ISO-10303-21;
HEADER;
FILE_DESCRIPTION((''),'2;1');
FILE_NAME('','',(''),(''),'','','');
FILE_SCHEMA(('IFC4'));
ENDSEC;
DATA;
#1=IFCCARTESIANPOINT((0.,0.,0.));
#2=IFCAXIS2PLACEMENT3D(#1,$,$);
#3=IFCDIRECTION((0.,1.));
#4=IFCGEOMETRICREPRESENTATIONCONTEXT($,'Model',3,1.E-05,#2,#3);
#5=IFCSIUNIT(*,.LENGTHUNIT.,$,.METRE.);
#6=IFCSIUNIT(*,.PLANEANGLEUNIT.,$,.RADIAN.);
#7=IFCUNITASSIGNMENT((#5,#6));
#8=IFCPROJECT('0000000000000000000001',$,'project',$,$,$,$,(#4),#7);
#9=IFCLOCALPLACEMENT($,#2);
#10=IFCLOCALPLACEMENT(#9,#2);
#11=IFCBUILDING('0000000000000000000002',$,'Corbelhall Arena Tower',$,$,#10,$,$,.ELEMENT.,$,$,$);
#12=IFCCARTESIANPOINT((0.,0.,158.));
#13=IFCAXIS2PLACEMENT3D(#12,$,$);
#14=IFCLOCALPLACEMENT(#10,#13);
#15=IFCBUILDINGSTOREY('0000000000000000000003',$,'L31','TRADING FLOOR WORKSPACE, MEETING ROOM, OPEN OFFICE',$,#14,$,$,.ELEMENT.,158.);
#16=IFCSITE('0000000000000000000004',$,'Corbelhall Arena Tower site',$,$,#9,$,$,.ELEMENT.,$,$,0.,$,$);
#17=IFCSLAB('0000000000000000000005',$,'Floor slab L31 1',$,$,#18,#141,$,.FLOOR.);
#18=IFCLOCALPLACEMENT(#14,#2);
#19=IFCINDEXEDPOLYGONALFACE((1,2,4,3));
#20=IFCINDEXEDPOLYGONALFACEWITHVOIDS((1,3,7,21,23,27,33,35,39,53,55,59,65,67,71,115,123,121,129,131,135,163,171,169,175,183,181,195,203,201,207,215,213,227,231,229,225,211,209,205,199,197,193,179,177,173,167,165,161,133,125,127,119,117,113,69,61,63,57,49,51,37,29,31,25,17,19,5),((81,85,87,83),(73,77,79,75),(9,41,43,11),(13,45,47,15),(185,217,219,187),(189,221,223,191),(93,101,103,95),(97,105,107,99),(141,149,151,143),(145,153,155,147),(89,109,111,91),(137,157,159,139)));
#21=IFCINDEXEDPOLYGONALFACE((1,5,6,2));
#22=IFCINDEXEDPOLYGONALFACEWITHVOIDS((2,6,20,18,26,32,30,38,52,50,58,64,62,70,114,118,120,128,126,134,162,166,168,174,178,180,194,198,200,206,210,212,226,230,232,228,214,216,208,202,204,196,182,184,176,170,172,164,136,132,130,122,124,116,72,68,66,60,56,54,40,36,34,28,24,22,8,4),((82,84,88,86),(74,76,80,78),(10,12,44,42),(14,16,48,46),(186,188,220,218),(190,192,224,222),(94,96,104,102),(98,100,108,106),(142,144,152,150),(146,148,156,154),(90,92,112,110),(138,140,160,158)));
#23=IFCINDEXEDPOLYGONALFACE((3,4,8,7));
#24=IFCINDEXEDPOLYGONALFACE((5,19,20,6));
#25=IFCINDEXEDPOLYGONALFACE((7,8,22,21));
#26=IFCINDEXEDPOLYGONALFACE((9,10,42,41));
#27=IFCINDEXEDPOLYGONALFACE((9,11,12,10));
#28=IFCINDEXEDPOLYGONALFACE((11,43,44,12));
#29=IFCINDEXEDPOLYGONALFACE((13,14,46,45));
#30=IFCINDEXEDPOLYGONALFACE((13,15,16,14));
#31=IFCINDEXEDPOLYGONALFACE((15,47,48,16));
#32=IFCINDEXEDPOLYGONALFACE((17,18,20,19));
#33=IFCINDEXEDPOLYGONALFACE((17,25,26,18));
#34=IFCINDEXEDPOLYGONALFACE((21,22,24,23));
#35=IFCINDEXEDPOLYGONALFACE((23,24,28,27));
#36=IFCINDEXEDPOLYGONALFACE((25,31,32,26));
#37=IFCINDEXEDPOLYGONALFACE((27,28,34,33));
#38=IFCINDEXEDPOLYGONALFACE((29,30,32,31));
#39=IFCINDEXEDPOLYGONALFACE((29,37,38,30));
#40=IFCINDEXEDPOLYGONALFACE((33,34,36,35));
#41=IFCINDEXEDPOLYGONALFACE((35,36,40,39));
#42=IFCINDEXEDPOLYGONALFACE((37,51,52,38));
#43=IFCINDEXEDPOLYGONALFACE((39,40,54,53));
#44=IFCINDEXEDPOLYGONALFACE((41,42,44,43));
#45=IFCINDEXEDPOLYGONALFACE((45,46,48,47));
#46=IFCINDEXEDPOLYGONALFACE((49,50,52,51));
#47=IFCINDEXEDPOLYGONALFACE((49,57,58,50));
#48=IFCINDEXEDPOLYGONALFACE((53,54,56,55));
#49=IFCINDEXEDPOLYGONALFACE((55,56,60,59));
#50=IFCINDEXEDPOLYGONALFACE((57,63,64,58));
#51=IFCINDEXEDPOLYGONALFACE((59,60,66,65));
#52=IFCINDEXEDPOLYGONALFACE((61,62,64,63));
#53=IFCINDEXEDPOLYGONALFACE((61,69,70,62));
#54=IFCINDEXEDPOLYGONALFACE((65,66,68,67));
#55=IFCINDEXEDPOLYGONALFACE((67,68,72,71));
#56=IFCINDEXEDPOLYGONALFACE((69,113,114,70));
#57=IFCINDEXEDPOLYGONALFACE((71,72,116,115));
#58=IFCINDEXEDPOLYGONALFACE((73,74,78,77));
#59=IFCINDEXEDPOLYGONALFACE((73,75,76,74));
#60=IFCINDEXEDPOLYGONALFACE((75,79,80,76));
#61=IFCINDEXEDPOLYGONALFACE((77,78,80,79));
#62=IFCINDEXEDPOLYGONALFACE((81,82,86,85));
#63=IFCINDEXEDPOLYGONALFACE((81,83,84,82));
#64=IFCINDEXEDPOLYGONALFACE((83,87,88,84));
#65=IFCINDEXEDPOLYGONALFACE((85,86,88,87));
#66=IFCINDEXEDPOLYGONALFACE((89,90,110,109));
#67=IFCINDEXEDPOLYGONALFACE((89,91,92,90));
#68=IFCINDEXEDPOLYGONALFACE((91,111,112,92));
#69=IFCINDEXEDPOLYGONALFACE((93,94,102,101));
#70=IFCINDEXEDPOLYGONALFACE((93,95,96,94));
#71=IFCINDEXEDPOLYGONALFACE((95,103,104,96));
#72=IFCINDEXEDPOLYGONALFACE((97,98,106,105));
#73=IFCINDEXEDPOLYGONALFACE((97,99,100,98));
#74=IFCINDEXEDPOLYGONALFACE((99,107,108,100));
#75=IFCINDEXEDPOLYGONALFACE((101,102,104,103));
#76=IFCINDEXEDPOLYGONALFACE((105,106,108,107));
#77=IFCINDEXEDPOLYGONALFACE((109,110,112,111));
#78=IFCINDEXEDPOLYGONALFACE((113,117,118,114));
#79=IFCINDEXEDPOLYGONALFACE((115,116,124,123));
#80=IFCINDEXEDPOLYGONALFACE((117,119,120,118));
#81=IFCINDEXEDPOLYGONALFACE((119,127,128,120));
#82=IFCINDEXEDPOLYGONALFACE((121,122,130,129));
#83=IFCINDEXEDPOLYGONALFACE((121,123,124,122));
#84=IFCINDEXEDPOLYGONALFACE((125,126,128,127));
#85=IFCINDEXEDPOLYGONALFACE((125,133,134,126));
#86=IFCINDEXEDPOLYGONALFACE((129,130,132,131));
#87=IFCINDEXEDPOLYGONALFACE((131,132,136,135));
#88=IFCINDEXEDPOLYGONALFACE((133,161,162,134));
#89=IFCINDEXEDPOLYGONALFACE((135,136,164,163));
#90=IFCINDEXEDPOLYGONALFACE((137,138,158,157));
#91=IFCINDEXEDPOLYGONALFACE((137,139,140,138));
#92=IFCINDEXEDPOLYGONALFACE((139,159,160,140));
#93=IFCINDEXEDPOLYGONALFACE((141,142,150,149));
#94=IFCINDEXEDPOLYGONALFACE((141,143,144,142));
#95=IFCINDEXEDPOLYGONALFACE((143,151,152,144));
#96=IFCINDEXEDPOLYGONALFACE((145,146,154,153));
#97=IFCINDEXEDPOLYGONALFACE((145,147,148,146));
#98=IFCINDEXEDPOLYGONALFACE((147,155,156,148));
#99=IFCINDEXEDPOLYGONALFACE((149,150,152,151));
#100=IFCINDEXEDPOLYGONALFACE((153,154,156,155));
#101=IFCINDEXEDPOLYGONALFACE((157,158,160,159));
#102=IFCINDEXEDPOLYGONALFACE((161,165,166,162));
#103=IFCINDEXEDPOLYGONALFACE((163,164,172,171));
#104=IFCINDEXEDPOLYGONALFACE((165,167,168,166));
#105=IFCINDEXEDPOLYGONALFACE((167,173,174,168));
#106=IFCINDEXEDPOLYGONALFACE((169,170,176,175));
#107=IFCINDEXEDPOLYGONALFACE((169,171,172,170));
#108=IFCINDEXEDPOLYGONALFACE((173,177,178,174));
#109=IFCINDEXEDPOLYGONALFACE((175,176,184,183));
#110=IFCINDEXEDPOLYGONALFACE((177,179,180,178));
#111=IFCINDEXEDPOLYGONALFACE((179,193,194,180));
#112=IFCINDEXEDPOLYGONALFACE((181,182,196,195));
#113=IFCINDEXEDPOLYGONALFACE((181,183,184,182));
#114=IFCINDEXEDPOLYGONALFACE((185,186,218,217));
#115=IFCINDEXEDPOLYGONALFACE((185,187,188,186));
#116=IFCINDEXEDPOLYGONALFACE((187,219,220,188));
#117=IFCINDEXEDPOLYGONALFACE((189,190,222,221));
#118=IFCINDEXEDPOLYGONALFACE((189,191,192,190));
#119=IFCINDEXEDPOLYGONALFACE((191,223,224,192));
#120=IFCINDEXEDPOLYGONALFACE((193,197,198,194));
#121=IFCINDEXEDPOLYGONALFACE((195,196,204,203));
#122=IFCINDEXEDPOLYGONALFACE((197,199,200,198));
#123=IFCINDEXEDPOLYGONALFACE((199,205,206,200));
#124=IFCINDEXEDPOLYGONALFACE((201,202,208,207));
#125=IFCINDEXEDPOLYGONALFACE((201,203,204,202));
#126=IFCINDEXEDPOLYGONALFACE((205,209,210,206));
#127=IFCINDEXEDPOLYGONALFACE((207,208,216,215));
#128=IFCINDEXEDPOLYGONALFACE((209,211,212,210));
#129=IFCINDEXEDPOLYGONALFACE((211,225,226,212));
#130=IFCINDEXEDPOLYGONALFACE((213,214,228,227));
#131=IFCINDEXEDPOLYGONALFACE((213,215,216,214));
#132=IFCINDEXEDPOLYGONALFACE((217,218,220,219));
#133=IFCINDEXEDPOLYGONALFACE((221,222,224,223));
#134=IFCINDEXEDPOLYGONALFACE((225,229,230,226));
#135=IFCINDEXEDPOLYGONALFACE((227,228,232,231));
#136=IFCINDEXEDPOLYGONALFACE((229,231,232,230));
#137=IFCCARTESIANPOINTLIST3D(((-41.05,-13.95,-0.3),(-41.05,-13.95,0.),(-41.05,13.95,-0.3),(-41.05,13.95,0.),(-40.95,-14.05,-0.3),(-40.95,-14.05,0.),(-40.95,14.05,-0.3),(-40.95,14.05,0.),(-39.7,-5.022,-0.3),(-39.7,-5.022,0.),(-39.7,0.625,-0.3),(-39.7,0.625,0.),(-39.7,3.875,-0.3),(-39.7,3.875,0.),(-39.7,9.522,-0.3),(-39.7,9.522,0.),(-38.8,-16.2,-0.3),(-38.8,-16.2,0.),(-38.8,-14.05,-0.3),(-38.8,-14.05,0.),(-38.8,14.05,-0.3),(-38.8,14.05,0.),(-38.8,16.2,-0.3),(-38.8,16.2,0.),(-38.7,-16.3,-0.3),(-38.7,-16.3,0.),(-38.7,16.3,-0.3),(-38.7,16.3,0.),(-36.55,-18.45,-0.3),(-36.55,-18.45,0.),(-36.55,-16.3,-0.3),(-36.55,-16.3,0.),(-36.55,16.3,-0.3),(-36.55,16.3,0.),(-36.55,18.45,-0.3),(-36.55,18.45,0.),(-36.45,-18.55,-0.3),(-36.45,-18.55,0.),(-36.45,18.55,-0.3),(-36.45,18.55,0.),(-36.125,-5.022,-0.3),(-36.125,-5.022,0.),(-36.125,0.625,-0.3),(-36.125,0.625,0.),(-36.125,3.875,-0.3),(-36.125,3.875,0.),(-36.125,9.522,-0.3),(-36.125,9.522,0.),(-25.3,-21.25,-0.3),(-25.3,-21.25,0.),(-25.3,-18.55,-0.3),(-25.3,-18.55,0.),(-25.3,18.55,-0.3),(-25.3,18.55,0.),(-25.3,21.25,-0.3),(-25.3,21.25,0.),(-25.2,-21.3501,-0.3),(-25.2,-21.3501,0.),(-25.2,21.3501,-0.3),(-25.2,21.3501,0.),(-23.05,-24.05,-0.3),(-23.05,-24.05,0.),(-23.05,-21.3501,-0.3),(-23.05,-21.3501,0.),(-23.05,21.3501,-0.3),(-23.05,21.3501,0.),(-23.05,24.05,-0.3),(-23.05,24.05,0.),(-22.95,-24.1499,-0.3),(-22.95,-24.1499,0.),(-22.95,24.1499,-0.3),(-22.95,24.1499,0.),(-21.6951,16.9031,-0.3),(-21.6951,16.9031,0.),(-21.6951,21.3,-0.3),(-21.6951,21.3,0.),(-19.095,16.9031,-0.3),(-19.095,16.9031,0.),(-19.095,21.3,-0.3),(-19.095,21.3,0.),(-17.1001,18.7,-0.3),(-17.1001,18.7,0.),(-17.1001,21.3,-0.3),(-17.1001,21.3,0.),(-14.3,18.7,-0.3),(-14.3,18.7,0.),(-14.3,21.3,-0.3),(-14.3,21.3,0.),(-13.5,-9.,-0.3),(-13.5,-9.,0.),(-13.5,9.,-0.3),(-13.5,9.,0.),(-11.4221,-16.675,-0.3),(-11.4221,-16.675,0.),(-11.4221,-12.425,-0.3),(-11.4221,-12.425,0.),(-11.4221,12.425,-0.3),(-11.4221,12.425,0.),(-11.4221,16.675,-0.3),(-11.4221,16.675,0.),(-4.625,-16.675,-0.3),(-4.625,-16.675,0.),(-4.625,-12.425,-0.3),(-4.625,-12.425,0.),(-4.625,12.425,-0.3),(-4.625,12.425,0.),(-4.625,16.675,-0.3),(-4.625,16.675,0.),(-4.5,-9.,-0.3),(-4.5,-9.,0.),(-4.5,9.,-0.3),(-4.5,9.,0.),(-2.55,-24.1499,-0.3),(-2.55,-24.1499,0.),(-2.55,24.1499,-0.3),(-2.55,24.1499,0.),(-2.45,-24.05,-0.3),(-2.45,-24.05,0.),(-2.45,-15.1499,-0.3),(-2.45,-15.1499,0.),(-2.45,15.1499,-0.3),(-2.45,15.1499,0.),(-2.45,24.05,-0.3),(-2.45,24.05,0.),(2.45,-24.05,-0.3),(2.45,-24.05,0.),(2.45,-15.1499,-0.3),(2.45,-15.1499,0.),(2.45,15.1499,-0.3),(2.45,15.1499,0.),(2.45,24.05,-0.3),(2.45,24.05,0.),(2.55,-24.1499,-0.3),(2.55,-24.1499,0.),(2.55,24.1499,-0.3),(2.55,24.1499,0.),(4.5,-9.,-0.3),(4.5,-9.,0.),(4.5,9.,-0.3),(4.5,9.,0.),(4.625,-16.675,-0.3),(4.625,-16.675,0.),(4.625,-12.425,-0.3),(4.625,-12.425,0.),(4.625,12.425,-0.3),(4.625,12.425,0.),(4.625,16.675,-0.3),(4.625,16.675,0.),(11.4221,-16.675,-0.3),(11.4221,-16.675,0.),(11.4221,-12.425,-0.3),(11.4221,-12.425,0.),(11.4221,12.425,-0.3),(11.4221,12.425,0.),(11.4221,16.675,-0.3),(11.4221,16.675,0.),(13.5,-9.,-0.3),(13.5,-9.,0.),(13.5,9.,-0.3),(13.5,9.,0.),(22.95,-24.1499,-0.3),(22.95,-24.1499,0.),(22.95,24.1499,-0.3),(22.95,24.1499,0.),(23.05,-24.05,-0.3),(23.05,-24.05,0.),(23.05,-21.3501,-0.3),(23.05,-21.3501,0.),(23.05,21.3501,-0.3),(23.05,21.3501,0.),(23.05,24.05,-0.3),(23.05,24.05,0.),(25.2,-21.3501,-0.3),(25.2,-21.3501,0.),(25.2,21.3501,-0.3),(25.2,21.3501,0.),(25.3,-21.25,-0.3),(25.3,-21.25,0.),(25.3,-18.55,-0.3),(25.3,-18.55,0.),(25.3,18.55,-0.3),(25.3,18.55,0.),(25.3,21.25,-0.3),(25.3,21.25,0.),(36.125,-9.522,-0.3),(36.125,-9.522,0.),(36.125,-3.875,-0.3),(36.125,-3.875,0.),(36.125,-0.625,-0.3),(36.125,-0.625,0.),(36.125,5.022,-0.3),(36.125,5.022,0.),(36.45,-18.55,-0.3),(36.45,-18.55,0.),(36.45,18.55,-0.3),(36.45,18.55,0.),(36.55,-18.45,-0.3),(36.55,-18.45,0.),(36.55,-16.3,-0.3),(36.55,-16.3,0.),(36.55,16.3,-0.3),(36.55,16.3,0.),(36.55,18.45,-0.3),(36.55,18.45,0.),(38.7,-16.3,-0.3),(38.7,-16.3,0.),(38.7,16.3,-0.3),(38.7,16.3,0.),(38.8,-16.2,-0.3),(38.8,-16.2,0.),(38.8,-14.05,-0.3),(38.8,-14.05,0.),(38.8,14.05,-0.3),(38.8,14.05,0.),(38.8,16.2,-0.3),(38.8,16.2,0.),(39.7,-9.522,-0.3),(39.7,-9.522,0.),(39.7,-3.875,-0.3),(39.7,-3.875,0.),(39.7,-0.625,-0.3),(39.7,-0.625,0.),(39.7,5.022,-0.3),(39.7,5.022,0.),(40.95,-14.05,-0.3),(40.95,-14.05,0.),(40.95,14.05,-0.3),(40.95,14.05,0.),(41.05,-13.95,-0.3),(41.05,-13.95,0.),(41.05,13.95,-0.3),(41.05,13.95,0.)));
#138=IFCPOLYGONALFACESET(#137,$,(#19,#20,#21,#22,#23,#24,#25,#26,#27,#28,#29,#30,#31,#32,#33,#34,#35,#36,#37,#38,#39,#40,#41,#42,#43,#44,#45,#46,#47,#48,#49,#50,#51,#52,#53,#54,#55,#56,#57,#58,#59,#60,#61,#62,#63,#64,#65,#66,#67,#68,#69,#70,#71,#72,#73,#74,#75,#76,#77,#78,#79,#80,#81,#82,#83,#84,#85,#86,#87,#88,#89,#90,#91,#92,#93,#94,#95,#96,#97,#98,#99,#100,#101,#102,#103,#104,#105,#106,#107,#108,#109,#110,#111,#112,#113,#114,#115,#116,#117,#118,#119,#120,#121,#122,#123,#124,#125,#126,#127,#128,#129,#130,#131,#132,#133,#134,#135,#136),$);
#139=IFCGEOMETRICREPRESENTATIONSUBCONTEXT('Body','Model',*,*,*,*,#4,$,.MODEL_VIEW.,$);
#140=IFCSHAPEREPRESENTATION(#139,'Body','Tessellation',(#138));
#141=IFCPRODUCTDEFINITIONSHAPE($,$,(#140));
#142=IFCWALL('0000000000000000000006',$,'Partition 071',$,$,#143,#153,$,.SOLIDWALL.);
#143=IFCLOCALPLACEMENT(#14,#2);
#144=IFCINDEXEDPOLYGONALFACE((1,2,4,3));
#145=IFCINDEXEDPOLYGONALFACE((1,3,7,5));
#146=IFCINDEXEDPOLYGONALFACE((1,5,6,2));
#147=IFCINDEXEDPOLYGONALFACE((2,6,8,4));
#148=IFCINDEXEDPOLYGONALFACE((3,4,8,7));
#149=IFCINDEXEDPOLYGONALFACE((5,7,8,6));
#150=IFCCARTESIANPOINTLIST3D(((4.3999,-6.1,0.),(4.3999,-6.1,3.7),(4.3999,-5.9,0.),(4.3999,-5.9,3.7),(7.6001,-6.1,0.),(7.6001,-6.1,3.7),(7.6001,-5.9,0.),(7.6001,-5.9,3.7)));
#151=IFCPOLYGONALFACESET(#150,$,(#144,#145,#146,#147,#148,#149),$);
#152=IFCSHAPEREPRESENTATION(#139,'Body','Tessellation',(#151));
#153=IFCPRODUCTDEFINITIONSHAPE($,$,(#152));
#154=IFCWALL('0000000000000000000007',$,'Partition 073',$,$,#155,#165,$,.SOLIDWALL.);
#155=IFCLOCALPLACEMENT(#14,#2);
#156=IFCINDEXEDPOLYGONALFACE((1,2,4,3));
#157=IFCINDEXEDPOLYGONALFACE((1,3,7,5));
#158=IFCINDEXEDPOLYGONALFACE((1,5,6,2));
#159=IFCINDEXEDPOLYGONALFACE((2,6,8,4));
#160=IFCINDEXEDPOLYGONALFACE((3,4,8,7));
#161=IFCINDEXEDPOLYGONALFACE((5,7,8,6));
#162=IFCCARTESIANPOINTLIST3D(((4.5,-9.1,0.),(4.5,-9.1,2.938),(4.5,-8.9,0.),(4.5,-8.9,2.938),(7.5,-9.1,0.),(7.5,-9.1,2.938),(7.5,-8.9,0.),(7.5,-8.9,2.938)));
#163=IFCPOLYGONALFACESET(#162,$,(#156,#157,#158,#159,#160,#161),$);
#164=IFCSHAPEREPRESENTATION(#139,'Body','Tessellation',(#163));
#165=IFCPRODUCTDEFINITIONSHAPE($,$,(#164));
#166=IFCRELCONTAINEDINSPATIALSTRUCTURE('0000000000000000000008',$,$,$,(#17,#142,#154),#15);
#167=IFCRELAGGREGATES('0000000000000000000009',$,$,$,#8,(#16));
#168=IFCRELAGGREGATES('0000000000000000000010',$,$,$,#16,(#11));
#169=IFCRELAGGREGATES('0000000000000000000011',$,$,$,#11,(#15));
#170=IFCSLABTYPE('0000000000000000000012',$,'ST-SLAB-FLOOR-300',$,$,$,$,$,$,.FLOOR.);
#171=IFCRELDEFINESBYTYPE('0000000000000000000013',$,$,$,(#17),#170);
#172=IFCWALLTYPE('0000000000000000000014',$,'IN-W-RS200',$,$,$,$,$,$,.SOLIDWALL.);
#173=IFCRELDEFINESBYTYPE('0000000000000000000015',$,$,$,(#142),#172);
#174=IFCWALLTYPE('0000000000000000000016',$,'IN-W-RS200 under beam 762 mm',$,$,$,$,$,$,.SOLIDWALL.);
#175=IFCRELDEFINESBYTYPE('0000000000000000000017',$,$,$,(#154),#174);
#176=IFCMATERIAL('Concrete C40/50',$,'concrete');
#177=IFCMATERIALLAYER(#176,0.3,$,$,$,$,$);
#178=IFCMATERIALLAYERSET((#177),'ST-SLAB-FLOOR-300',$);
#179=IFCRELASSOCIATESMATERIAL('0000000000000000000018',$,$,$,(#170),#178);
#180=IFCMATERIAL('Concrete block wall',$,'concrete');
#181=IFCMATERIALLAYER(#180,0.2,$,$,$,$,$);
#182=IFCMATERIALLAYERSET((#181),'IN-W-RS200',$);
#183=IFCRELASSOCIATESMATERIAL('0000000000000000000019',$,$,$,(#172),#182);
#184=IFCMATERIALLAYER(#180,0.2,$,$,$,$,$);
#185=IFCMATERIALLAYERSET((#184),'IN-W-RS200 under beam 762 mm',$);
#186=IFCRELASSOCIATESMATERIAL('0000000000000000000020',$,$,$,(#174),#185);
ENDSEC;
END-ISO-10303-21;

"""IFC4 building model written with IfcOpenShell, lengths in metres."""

from ifc_helpers import new_model, si_unit, direction, frame, frame_2d, origin, place, context, subcontext, project, spatial, polyline, rectangle, outline, extrude, material, layer, layer_set, type_object, element, save


model = new_model("IFC4")

# Units and contexts
model_context = context("Model", 3, precision=1e-05, world=origin(), true_north=direction((0.0, 1.0)))
body_context = subcontext(model_context, "Body", "Model", "MODEL_VIEW")
ifc_project = project(units=[si_unit("LENGTHUNIT", "METRE"), si_unit("PLANEANGLEUNIT", "RADIAN")], contexts=[model_context])

# Site, building, storey
site_placement = place(None, origin())
site = spatial("IfcSite", under=ifc_project, at=site_placement, Name="Corbelhall Arena Tower site", CompositionType="ELEMENT", RefElevation=0.0)
building_placement = place(site_placement, origin())
building = spatial("IfcBuilding", under=site, at=building_placement, Name="Corbelhall Arena Tower", CompositionType="ELEMENT")
storey_placement = place(building_placement, frame((0.0, 0.0, 158.0)))
storey = spatial("IfcBuildingStorey", under=building, at=storey_placement, Name="L31", Description="TRADING FLOOR WORKSPACE, MEETING ROOM, OPEN OFFICE", CompositionType="ELEMENT", Elevation=158.0)

# Shared definitions
ifc_material_1 = material(Name="Concrete C40/50", Category="concrete")

# Slab
ifc_layer_1 = layer(ifc_material_1, 0.3)
ifc_layer_set_1 = layer_set([ifc_layer_1], Name="ST-SLAB-FLOOR-300")
slab_type_1 = type_object("IfcSlabType", Name="ST-SLAB-FLOOR-300", PredefinedType="FLOOR", material=ifc_layer_set_1)
slab_1_placement = place(storey_placement, frame((0.0, 0.0, -0.3)))
element("IfcSlab", 1, at=slab_1_placement, inside=storey, type_object=slab_type_1, Name="Floor slab L31 1", PredefinedType="FLOOR", context=body_context, shape_type="SweptSolid", body=[
    extrude(outline(polyline([(25.3, 18.55), (25.3, 21.25), (25.2, 21.3501), (23.05, 21.3501), (23.05, 24.05), (22.95, 24.1499), (2.55, 24.1499), (2.45, 24.05), (2.45, 15.1499), (-2.45, 15.1499), (-2.45, 24.05), (-2.55, 24.1499), (-22.95, 24.1499), (-23.05, 24.05), (-23.05, 21.3501), (-25.2, 21.3501), (-25.3, 21.25), (-25.3, 18.55), (-36.45, 18.55), (-36.55, 18.45), (-36.55, 16.3), (-38.7, 16.3), (-38.8, 16.2), (-38.8, 14.05), (-40.95, 14.05), (-41.05, 13.95), (-41.05, -13.95), (-40.95, -14.05), (-38.8, -14.05), (-38.8, -16.2), (-38.7, -16.3), (-36.55, -16.3), (-36.55, -18.45), (-36.45, -18.55), (-25.3, -18.55), (-25.3, -21.25), (-25.2, -21.3501), (-23.05, -21.3501), (-23.05, -24.05), (-22.95, -24.1499), (-2.55, -24.1499), (-2.45, -24.05), (-2.45, -15.1499), (2.45, -15.1499), (2.45, -24.05), (2.55, -24.1499), (22.95, -24.1499), (23.05, -24.05), (23.05, -21.3501), (25.2, -21.3501), (25.3, -21.25), (25.3, -18.55), (36.45, -18.55), (36.55, -18.45), (36.55, -16.3), (38.7, -16.3), (38.8, -16.2), (38.8, -14.05), (40.95, -14.05), (41.05, -13.95), (41.05, 13.95), (40.95, 14.05), (38.8, 14.05), (38.8, 16.2), (38.7, 16.3), (36.55, 16.3), (36.55, 18.45), (36.45, 18.55), (25.3, 18.55)]), holes=[polyline([(-13.5, 9.0), (-13.5, -9.0), (-4.5, -9.0), (-4.5, 9.0), (-13.5, 9.0)]), polyline([(4.5, 9.0), (4.5, -9.0), (13.5, -9.0), (13.5, 9.0), (4.5, 9.0)]), polyline([(-4.625, 16.675), (-11.4221, 16.675), (-11.4221, 12.425), (-4.625, 12.425), (-4.625, 16.675)]), polyline([(-4.625, -16.675), (-4.625, -12.425), (-11.4221, -12.425), (-11.4221, -16.675), (-4.625, -16.675)]), polyline([(11.4221, 16.675), (4.625, 16.675), (4.625, 12.425), (11.4221, 12.425), (11.4221, 16.675)]), polyline([(11.4221, -16.675), (11.4221, -12.425), (4.625, -12.425), (4.625, -16.675), (11.4221, -16.675)]), polyline([(-36.125, 3.875), (-36.125, 9.522), (-39.7, 9.522), (-39.7, 3.875), (-36.125, 3.875)]), polyline([(-36.125, 0.625), (-39.7, 0.625), (-39.7, -5.022), (-36.125, -5.022), (-36.125, 0.625)]), polyline([(39.7, -9.522), (39.7, -3.875), (36.125, -3.875), (36.125, -9.522), (39.7, -9.522)]), polyline([(39.7, 5.022), (36.125, 5.022), (36.125, -0.625), (39.7, -0.625), (39.7, 5.022)]), polyline([(-21.6951, 21.3), (-21.6951, 16.9031), (-19.095, 16.9031), (-19.095, 21.3), (-21.6951, 21.3)]), polyline([(-14.3, 21.3), (-17.1001, 21.3), (-17.1001, 18.7), (-14.3, 18.7), (-14.3, 21.3)])]), origin(), (0.0, 0.0, 1.0), 0.3),
])

# Wall
ifc_material_2 = material(Name="Concrete block wall", Category="concrete")
ifc_layer_2 = layer(ifc_material_2, 0.2)
ifc_layer_set_2 = layer_set([ifc_layer_2], Name="IN-W-RS200")
wall_type_1 = type_object("IfcWallType", Name="IN-W-RS200", PredefinedType="SOLIDWALL", material=ifc_layer_set_2)
wall_1_placement = place(storey_placement, frame((4.3999, -6.0, 0.0), z_axis=(0.0, 0.0, 1.0), x_axis=(1.0, 0.0, 0.0)))
element("IfcWall", 2, at=wall_1_placement, inside=storey, type_object=wall_type_1, Name="Partition 071", PredefinedType="SOLIDWALL", context=body_context, shape_type="SweptSolid", body=[
    extrude(rectangle(XDim=3.2002, YDim=0.2, at=frame_2d((1.6001, 0.0))), origin(), (0.0, 0.0, 1.0), 3.7),
])

# Shared definitions
ifc_layer_3 = layer(ifc_material_2, 0.2)
ifc_layer_set_3 = layer_set([ifc_layer_3], Name="IN-W-RS200 under beam 762 mm")
wall_type_2 = type_object("IfcWallType", Name="IN-W-RS200 under beam 762 mm", PredefinedType="SOLIDWALL", material=ifc_layer_set_3)

# Wall
wall_2_placement = place(storey_placement, frame((7.5, -9.0, 0.0), z_axis=(0.0, 0.0, 1.0), x_axis=(-1.0, 0.0, 0.0)))
element("IfcWall", 3, at=wall_2_placement, inside=storey, type_object=wall_type_2, Name="Partition 073", PredefinedType="SOLIDWALL", context=body_context, shape_type="SweptSolid", body=[
    extrude(rectangle(XDim=3.0, YDim=0.2, at=frame_2d((1.5, 0.0))), origin(), (0.0, 0.0, 1.0), 2.938),
])

save(model, "model.ifc")
